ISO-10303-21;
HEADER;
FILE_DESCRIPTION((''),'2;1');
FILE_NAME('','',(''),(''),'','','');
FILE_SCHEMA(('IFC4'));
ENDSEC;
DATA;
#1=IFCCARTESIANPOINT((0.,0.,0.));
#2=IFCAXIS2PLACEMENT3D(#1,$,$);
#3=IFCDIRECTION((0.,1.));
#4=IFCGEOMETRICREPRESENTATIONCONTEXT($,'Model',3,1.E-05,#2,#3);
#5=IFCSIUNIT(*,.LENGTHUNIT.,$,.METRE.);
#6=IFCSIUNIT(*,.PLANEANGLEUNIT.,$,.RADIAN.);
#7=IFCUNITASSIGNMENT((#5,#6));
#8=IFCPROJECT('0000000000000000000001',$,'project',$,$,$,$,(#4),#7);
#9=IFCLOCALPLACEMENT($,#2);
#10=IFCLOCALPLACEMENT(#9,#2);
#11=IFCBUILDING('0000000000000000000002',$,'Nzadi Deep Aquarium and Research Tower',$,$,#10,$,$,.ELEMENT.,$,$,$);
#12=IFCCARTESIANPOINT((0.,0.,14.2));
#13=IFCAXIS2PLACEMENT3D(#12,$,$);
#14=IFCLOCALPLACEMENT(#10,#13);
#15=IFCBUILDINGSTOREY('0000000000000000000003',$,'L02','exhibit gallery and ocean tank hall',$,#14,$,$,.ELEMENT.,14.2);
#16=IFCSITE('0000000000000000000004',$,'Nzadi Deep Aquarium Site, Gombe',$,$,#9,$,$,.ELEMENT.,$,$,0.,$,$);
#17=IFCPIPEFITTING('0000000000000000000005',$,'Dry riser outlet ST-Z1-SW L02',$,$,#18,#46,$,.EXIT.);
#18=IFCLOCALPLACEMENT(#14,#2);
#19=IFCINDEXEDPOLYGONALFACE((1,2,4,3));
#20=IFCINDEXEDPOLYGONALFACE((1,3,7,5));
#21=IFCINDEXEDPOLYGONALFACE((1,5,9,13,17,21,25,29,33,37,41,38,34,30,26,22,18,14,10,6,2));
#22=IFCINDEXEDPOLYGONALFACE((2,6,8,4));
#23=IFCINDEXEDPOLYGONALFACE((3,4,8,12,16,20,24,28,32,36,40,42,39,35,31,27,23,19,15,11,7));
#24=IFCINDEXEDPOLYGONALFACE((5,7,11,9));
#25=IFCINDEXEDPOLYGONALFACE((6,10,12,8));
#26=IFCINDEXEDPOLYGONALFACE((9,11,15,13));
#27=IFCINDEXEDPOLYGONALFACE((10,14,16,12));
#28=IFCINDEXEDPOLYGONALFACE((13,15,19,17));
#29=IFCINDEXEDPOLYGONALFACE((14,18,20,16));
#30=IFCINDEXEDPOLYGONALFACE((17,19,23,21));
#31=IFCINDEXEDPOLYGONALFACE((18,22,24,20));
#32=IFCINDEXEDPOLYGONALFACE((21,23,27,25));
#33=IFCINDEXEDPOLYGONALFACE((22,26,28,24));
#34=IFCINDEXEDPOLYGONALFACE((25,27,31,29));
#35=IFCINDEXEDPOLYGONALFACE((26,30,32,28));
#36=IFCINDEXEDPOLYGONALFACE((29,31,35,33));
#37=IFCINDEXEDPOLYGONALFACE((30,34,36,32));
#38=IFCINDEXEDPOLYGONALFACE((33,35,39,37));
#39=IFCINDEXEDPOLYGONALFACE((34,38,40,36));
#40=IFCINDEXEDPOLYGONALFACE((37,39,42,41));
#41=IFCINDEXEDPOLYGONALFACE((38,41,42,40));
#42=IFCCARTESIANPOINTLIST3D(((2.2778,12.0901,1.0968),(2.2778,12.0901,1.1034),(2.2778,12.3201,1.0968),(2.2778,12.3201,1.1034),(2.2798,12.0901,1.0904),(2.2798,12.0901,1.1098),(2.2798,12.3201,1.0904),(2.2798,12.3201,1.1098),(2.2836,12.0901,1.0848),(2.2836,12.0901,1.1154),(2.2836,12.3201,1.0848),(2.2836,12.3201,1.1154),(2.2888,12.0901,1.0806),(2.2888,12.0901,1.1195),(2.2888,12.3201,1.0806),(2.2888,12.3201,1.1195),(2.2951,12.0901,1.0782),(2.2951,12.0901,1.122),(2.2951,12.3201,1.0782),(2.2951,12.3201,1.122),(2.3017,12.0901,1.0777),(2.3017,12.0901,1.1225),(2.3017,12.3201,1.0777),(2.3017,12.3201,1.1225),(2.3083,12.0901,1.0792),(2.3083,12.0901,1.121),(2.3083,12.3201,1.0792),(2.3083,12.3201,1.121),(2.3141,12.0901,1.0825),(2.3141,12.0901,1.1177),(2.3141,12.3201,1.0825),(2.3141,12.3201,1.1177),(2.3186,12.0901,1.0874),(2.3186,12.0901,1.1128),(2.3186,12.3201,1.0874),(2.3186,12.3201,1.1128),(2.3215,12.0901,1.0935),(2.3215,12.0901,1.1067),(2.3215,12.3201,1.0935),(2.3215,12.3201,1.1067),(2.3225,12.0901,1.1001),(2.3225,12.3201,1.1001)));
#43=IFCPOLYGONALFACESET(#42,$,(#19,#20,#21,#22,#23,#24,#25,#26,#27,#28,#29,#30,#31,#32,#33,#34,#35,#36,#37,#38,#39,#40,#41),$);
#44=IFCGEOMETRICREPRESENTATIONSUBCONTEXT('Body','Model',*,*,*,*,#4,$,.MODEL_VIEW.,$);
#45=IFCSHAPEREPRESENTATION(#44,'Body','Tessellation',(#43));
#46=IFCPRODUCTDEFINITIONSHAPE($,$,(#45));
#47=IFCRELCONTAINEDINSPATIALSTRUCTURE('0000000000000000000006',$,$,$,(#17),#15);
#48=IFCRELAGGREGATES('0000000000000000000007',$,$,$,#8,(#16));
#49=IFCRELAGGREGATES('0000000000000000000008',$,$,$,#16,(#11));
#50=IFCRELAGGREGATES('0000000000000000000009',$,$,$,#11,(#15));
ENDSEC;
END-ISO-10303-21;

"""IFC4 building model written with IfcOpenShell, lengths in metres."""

from ifc_helpers import new_model, si_unit, direction, frame, origin, origin_2d, place, context, subcontext, project, spatial, circle, extrude, element, save


model = new_model("IFC4")

# Units and contexts
model_context = context("Model", 3, precision=1e-05, world=origin(), true_north=direction((0.0, 1.0)))
body_context = subcontext(model_context, "Body", "Model", "MODEL_VIEW")
ifc_project = project(units=[si_unit("LENGTHUNIT", "METRE"), si_unit("PLANEANGLEUNIT", "RADIAN")], contexts=[model_context])

# Site, building, storey
site_placement = place(None, origin())
site = spatial("IfcSite", under=ifc_project, at=site_placement, Name="Nzadi Deep Aquarium Site, Gombe", CompositionType="ELEMENT", RefElevation=0.0)
building_placement = place(site_placement, origin())
building = spatial("IfcBuilding", under=site, at=building_placement, Name="Nzadi Deep Aquarium and Research Tower", CompositionType="ELEMENT")
storey_placement = place(building_placement, frame((0.0, 0.0, 14.2)))
storey = spatial("IfcBuildingStorey", under=building, at=storey_placement, Name="L02", Description="exhibit gallery and ocean tank hall", CompositionType="ELEMENT", Elevation=14.2)

# Pipe fitting
pipe_fitting_placement = place(storey_placement, frame((2.3, 12.3201, 1.1001), z_axis=(0.0, -1.0, 0.0), x_axis=(1.0, 0.0, 0.0)))
element("IfcPipeFitting", 1, at=pipe_fitting_placement, inside=storey, Name="Dry riser outlet ST-Z1-SW L02", PredefinedType="EXIT", context=body_context, shape_type="SweptSolid", body=[
    extrude(circle(Radius=0.0225, at=origin_2d()), origin(), (0.0, 0.0, 1.0), 0.23),
])

save(model, "model.ifc")
